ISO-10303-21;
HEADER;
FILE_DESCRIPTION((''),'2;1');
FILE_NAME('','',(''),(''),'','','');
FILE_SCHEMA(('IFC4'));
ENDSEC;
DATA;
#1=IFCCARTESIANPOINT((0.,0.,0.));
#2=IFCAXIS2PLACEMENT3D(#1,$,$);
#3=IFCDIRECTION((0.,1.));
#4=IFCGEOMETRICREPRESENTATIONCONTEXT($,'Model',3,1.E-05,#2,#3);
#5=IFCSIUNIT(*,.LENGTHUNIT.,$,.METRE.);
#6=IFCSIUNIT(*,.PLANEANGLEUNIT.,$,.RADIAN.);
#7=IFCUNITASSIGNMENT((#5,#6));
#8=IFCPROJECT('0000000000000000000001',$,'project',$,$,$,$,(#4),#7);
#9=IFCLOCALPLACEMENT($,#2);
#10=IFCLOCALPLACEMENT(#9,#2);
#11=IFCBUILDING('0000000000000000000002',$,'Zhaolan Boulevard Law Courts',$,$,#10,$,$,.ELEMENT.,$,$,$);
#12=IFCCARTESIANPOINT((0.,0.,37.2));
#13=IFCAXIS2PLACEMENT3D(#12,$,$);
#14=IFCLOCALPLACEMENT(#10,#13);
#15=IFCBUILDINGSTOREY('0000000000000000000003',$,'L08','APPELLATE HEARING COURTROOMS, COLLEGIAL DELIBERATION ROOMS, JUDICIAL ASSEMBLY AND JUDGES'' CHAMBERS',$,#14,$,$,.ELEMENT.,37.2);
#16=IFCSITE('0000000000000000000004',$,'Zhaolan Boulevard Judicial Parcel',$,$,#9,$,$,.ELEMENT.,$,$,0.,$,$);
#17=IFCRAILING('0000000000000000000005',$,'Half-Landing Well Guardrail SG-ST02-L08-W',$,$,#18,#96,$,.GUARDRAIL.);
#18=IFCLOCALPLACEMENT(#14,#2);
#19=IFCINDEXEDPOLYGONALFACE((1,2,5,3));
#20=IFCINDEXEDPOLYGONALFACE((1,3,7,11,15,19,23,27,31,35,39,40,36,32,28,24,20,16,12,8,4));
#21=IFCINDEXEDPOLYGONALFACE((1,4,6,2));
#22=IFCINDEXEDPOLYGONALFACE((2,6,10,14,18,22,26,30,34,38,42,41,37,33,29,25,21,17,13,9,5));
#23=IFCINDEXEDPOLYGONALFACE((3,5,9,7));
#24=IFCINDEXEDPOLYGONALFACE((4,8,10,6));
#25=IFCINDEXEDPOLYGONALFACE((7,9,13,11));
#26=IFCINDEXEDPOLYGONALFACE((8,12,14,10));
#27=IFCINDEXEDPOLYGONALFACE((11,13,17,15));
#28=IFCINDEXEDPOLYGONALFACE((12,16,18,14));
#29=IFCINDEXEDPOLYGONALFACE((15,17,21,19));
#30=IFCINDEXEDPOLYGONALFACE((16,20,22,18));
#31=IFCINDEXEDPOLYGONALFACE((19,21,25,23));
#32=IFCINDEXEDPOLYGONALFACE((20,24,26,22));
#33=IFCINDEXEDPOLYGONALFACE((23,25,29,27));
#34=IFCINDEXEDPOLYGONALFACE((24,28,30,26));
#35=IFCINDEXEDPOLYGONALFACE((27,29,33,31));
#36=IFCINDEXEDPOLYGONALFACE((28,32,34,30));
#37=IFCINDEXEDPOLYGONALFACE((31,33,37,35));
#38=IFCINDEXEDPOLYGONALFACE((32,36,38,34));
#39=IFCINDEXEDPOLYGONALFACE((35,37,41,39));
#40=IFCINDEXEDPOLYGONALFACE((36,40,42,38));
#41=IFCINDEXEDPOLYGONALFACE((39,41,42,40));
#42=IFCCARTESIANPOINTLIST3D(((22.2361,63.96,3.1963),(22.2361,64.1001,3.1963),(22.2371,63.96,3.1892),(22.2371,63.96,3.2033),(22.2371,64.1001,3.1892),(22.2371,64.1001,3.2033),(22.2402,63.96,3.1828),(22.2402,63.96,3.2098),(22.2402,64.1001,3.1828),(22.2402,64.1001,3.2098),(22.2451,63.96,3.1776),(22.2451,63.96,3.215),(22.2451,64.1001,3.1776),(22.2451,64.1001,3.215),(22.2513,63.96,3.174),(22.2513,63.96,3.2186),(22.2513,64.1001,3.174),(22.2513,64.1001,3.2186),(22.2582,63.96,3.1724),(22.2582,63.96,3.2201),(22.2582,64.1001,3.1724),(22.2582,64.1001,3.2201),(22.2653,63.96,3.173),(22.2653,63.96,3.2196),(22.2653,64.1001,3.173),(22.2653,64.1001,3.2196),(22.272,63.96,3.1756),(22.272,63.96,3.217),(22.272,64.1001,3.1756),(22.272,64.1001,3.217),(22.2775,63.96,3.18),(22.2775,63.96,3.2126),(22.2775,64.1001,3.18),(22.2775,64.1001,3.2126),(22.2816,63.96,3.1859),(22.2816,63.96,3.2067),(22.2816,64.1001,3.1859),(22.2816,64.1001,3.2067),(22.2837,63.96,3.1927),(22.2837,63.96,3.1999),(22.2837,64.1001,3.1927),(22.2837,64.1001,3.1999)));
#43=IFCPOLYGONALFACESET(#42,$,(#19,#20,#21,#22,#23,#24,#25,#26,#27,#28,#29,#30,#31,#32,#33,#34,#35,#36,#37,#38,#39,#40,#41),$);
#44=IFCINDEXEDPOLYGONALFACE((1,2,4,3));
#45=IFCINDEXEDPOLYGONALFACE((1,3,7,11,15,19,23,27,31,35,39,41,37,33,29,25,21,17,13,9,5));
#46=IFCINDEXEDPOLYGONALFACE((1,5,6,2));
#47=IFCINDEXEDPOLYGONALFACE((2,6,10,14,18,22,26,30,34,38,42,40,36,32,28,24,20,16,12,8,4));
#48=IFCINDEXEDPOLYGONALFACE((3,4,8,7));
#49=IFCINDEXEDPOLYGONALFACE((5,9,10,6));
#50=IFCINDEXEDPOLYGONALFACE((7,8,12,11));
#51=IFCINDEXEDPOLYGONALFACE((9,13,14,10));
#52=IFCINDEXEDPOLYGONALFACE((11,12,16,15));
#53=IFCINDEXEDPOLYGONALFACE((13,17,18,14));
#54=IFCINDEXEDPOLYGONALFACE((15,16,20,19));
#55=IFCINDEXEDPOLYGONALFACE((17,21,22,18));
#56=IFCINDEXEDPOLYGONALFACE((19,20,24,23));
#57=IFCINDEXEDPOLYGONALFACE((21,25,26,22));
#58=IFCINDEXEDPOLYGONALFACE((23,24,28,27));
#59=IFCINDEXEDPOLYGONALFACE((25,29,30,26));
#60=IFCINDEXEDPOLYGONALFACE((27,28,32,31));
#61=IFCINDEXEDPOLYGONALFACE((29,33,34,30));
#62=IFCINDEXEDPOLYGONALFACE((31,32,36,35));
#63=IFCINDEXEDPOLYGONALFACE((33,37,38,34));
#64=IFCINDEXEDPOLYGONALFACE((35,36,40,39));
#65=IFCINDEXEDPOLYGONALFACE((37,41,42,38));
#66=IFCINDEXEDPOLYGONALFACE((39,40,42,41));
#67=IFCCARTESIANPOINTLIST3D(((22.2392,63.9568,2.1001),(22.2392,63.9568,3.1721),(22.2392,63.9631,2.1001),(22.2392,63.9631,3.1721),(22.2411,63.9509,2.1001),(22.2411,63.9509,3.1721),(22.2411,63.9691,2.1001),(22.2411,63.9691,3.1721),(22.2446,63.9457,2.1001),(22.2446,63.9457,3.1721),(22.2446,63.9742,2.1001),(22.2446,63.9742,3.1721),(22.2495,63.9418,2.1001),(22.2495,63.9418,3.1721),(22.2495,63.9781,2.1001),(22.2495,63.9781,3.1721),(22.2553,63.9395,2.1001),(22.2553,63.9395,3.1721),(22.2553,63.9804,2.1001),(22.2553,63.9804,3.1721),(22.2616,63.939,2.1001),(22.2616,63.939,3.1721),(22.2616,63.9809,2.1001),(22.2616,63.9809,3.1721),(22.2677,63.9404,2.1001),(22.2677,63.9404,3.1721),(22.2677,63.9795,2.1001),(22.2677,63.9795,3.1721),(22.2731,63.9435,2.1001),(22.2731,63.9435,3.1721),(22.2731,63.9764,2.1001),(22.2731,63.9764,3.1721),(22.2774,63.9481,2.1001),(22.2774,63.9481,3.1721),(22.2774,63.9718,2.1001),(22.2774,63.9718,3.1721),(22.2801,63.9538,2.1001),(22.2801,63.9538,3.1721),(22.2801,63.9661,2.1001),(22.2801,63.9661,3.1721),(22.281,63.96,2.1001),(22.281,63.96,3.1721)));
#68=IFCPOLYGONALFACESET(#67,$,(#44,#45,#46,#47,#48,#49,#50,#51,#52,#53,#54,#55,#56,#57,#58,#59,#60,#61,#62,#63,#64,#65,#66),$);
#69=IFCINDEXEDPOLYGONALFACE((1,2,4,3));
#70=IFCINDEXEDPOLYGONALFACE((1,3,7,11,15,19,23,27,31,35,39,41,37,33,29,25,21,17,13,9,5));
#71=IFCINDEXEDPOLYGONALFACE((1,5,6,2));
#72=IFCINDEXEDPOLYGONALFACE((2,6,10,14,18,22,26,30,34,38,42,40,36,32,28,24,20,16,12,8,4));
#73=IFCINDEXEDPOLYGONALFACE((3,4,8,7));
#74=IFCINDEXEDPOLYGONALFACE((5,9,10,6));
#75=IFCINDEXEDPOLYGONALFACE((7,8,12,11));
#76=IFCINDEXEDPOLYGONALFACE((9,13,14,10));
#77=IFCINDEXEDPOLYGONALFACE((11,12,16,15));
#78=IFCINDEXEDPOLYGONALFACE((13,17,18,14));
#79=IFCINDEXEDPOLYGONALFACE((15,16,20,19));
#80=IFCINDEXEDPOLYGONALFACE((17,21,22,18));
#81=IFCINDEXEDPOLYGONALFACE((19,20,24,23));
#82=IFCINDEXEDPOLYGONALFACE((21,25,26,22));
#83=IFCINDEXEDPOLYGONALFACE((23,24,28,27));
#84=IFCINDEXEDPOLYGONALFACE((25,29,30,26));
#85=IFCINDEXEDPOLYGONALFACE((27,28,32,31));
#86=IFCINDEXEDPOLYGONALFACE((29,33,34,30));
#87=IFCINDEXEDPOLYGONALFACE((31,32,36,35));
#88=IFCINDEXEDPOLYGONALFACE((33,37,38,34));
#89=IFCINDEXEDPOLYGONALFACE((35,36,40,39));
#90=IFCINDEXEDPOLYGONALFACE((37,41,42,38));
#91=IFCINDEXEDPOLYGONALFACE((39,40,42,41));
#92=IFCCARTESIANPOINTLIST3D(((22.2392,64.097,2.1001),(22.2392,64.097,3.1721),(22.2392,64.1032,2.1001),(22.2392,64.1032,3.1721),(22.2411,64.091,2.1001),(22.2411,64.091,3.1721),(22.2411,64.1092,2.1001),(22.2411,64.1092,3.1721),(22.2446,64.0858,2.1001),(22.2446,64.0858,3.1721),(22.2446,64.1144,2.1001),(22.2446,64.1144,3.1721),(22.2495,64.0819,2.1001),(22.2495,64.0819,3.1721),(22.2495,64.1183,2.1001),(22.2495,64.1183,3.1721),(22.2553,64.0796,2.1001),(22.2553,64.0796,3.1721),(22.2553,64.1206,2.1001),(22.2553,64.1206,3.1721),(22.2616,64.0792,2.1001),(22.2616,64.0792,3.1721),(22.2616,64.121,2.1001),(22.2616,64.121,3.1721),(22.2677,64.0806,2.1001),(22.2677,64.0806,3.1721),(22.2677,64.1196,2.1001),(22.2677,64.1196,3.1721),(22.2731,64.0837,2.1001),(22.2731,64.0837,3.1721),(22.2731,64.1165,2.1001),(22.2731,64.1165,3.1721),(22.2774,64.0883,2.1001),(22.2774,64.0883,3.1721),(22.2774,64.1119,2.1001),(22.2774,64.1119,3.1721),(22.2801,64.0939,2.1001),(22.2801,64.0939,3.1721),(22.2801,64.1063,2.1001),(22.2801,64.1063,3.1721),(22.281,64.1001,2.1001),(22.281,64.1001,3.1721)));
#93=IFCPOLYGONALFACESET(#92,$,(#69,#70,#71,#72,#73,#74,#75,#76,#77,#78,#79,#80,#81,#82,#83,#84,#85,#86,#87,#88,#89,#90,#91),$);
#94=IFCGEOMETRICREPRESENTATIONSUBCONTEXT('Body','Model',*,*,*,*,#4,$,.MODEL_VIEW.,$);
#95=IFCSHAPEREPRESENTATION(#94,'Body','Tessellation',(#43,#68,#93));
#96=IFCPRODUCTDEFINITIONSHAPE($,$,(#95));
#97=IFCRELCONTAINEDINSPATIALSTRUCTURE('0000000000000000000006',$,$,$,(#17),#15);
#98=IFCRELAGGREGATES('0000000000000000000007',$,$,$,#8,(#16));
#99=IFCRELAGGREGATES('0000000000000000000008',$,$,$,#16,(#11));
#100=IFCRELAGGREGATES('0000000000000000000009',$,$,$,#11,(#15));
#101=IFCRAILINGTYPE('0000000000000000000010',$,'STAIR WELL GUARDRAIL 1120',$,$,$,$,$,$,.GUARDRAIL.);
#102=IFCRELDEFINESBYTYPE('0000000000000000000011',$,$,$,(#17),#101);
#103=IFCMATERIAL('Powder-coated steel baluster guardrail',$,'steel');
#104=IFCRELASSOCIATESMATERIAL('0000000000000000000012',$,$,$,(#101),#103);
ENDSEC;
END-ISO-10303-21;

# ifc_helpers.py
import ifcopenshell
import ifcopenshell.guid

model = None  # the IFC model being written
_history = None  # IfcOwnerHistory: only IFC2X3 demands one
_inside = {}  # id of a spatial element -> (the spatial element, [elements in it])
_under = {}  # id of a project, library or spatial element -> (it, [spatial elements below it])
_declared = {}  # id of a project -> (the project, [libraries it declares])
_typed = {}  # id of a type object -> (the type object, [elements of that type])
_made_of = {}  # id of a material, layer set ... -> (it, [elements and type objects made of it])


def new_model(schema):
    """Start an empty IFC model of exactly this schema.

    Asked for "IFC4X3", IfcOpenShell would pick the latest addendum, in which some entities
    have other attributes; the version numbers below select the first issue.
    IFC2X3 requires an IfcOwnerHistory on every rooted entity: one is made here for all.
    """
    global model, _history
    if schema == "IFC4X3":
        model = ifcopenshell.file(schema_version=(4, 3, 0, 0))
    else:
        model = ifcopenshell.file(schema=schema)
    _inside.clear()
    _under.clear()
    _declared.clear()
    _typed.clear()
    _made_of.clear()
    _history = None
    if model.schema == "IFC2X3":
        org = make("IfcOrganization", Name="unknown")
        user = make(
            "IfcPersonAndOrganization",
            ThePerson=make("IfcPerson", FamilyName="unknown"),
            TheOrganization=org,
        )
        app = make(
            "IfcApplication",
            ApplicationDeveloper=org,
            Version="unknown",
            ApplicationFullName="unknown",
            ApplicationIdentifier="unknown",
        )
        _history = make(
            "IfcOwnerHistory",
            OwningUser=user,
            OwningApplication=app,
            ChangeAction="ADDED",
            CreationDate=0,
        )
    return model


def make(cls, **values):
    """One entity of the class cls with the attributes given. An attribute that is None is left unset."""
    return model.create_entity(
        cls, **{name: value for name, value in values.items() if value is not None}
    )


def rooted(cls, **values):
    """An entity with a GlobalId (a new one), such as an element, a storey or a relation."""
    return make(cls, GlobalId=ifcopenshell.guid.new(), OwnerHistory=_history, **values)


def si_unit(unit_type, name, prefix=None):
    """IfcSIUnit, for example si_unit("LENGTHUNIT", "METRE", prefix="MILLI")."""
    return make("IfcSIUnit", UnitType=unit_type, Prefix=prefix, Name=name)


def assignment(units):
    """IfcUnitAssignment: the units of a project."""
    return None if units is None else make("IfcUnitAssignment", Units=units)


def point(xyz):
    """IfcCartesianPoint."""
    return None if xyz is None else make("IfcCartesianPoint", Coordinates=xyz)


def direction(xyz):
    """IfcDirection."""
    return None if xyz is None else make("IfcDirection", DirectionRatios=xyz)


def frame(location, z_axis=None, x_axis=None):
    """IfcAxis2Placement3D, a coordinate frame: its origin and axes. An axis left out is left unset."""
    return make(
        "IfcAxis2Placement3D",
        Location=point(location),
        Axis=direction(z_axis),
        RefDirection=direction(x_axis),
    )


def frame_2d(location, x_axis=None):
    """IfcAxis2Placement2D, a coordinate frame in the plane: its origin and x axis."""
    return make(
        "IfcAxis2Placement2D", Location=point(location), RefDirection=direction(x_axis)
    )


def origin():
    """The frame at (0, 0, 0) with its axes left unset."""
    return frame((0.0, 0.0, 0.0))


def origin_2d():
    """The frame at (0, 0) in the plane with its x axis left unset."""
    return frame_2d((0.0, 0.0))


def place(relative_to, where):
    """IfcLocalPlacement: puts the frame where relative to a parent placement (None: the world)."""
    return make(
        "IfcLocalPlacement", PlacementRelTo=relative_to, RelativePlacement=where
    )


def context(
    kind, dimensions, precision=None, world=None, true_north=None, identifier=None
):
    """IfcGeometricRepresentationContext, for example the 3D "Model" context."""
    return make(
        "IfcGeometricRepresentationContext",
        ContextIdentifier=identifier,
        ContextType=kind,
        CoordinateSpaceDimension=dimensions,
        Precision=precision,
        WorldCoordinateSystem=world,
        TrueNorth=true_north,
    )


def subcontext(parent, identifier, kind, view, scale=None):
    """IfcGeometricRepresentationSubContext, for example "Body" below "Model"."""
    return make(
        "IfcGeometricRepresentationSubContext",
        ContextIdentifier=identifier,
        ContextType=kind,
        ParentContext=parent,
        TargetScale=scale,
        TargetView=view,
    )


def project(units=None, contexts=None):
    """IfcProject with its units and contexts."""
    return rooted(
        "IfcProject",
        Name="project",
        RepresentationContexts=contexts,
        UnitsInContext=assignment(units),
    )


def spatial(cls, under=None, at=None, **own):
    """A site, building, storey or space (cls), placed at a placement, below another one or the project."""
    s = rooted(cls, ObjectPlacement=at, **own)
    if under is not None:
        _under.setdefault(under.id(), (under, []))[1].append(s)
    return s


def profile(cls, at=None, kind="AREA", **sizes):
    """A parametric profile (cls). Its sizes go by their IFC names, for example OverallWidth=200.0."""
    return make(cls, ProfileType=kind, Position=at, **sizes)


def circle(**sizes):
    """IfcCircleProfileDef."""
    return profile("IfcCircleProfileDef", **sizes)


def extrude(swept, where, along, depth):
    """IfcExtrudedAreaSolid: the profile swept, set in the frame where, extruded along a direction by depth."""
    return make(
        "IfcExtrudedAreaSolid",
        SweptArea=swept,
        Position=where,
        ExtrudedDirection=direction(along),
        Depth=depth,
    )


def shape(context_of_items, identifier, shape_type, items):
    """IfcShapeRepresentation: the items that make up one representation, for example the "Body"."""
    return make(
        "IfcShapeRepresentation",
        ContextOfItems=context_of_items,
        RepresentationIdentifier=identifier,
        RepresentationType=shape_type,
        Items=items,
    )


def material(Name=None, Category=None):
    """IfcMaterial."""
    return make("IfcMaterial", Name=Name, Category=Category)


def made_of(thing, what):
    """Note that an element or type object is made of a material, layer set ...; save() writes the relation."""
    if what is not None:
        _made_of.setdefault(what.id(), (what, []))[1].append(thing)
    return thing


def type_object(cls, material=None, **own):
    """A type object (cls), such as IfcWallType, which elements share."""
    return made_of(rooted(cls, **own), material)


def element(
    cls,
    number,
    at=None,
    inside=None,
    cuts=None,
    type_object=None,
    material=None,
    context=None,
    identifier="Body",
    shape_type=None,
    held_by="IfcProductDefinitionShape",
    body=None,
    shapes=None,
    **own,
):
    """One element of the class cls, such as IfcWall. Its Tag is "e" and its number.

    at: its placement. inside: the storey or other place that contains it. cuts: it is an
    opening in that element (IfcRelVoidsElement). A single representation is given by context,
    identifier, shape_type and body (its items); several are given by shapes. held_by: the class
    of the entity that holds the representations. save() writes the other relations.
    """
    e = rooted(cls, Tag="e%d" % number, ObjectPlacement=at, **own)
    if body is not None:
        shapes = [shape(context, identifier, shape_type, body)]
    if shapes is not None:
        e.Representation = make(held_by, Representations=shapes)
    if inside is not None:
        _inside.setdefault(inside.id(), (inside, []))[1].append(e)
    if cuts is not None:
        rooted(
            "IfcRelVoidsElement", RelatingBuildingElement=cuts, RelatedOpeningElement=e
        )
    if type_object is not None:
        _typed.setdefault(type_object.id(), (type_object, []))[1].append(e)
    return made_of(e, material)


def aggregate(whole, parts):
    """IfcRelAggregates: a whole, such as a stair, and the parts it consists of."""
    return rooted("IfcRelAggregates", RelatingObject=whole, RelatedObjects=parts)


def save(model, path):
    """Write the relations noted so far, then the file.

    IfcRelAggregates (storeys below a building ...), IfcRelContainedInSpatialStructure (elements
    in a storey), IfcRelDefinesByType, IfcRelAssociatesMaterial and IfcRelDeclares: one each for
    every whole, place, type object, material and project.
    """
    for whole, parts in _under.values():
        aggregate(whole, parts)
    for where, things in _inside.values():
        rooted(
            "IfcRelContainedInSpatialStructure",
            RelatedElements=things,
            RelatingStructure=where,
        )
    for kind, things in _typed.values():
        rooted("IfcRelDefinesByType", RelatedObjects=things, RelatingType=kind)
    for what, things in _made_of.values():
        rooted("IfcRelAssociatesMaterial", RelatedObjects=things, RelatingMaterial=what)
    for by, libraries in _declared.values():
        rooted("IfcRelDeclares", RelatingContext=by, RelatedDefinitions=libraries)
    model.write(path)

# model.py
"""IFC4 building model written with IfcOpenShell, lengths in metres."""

from ifc_helpers import new_model, si_unit, direction, frame, origin, origin_2d, place, context, subcontext, project, spatial, circle, extrude, material, type_object, element, save


model = new_model("IFC4")

# Units and contexts
model_context = context("Model", 3, precision=1e-05, world=origin(), true_north=direction((0.0, 1.0)))
body_context = subcontext(model_context, "Body", "Model", "MODEL_VIEW")
ifc_project = project(units=[si_unit("LENGTHUNIT", "METRE"), si_unit("PLANEANGLEUNIT", "RADIAN")], contexts=[model_context])

# Site, building, storey
site_placement = place(None, origin())
site = spatial("IfcSite", under=ifc_project, at=site_placement, Name="Zhaolan Boulevard Judicial Parcel", CompositionType="ELEMENT", RefElevation=0.0)
building_placement = place(site_placement, origin())
building = spatial("IfcBuilding", under=site, at=building_placement, Name="Zhaolan Boulevard Law Courts", CompositionType="ELEMENT")
storey_placement = place(building_placement, frame((0.0, 0.0, 37.2)))
storey = spatial("IfcBuildingStorey", under=building, at=storey_placement, Name="L08", Description="APPELLATE HEARING COURTROOMS, COLLEGIAL DELIBERATION ROOMS, JUDICIAL ASSEMBLY AND JUDGES' CHAMBERS", CompositionType="ELEMENT", Elevation=37.2)

# Railing
ifc_material_1 = material(Name="Powder-coated steel baluster guardrail", Category="steel")
railing_type_1 = type_object("IfcRailingType", Name="STAIR WELL GUARDRAIL 1120", PredefinedType="GUARDRAIL", material=ifc_material_1)
railing_1_placement = place(storey_placement, frame((22.26, 63.96, 2.1001)))
element("IfcRailing", 1, at=railing_1_placement, inside=storey, type_object=railing_type_1, Name="Half-Landing Well Guardrail SG-ST02-L08-W", PredefinedType="GUARDRAIL", context=body_context, shape_type="SweptSolid", body=[
    extrude(circle(Radius=0.0239, at=origin_2d()), frame((0.0, 0.0, 1.0962), z_axis=(0.0, 1.0, 0.0), x_axis=(-1.0, 0.0, 0.0)), (0.0, 0.0, 1.0), 0.1401),
    extrude(circle(Radius=0.021, at=origin_2d()), origin(), (0.0, 0.0, 1.0), 1.072),
    extrude(circle(Radius=0.021, at=origin_2d()), frame((0.0, 0.1401, 0.0)), (0.0, 0.0, 1.0), 1.072),
])

save(model, "model.ifc")
